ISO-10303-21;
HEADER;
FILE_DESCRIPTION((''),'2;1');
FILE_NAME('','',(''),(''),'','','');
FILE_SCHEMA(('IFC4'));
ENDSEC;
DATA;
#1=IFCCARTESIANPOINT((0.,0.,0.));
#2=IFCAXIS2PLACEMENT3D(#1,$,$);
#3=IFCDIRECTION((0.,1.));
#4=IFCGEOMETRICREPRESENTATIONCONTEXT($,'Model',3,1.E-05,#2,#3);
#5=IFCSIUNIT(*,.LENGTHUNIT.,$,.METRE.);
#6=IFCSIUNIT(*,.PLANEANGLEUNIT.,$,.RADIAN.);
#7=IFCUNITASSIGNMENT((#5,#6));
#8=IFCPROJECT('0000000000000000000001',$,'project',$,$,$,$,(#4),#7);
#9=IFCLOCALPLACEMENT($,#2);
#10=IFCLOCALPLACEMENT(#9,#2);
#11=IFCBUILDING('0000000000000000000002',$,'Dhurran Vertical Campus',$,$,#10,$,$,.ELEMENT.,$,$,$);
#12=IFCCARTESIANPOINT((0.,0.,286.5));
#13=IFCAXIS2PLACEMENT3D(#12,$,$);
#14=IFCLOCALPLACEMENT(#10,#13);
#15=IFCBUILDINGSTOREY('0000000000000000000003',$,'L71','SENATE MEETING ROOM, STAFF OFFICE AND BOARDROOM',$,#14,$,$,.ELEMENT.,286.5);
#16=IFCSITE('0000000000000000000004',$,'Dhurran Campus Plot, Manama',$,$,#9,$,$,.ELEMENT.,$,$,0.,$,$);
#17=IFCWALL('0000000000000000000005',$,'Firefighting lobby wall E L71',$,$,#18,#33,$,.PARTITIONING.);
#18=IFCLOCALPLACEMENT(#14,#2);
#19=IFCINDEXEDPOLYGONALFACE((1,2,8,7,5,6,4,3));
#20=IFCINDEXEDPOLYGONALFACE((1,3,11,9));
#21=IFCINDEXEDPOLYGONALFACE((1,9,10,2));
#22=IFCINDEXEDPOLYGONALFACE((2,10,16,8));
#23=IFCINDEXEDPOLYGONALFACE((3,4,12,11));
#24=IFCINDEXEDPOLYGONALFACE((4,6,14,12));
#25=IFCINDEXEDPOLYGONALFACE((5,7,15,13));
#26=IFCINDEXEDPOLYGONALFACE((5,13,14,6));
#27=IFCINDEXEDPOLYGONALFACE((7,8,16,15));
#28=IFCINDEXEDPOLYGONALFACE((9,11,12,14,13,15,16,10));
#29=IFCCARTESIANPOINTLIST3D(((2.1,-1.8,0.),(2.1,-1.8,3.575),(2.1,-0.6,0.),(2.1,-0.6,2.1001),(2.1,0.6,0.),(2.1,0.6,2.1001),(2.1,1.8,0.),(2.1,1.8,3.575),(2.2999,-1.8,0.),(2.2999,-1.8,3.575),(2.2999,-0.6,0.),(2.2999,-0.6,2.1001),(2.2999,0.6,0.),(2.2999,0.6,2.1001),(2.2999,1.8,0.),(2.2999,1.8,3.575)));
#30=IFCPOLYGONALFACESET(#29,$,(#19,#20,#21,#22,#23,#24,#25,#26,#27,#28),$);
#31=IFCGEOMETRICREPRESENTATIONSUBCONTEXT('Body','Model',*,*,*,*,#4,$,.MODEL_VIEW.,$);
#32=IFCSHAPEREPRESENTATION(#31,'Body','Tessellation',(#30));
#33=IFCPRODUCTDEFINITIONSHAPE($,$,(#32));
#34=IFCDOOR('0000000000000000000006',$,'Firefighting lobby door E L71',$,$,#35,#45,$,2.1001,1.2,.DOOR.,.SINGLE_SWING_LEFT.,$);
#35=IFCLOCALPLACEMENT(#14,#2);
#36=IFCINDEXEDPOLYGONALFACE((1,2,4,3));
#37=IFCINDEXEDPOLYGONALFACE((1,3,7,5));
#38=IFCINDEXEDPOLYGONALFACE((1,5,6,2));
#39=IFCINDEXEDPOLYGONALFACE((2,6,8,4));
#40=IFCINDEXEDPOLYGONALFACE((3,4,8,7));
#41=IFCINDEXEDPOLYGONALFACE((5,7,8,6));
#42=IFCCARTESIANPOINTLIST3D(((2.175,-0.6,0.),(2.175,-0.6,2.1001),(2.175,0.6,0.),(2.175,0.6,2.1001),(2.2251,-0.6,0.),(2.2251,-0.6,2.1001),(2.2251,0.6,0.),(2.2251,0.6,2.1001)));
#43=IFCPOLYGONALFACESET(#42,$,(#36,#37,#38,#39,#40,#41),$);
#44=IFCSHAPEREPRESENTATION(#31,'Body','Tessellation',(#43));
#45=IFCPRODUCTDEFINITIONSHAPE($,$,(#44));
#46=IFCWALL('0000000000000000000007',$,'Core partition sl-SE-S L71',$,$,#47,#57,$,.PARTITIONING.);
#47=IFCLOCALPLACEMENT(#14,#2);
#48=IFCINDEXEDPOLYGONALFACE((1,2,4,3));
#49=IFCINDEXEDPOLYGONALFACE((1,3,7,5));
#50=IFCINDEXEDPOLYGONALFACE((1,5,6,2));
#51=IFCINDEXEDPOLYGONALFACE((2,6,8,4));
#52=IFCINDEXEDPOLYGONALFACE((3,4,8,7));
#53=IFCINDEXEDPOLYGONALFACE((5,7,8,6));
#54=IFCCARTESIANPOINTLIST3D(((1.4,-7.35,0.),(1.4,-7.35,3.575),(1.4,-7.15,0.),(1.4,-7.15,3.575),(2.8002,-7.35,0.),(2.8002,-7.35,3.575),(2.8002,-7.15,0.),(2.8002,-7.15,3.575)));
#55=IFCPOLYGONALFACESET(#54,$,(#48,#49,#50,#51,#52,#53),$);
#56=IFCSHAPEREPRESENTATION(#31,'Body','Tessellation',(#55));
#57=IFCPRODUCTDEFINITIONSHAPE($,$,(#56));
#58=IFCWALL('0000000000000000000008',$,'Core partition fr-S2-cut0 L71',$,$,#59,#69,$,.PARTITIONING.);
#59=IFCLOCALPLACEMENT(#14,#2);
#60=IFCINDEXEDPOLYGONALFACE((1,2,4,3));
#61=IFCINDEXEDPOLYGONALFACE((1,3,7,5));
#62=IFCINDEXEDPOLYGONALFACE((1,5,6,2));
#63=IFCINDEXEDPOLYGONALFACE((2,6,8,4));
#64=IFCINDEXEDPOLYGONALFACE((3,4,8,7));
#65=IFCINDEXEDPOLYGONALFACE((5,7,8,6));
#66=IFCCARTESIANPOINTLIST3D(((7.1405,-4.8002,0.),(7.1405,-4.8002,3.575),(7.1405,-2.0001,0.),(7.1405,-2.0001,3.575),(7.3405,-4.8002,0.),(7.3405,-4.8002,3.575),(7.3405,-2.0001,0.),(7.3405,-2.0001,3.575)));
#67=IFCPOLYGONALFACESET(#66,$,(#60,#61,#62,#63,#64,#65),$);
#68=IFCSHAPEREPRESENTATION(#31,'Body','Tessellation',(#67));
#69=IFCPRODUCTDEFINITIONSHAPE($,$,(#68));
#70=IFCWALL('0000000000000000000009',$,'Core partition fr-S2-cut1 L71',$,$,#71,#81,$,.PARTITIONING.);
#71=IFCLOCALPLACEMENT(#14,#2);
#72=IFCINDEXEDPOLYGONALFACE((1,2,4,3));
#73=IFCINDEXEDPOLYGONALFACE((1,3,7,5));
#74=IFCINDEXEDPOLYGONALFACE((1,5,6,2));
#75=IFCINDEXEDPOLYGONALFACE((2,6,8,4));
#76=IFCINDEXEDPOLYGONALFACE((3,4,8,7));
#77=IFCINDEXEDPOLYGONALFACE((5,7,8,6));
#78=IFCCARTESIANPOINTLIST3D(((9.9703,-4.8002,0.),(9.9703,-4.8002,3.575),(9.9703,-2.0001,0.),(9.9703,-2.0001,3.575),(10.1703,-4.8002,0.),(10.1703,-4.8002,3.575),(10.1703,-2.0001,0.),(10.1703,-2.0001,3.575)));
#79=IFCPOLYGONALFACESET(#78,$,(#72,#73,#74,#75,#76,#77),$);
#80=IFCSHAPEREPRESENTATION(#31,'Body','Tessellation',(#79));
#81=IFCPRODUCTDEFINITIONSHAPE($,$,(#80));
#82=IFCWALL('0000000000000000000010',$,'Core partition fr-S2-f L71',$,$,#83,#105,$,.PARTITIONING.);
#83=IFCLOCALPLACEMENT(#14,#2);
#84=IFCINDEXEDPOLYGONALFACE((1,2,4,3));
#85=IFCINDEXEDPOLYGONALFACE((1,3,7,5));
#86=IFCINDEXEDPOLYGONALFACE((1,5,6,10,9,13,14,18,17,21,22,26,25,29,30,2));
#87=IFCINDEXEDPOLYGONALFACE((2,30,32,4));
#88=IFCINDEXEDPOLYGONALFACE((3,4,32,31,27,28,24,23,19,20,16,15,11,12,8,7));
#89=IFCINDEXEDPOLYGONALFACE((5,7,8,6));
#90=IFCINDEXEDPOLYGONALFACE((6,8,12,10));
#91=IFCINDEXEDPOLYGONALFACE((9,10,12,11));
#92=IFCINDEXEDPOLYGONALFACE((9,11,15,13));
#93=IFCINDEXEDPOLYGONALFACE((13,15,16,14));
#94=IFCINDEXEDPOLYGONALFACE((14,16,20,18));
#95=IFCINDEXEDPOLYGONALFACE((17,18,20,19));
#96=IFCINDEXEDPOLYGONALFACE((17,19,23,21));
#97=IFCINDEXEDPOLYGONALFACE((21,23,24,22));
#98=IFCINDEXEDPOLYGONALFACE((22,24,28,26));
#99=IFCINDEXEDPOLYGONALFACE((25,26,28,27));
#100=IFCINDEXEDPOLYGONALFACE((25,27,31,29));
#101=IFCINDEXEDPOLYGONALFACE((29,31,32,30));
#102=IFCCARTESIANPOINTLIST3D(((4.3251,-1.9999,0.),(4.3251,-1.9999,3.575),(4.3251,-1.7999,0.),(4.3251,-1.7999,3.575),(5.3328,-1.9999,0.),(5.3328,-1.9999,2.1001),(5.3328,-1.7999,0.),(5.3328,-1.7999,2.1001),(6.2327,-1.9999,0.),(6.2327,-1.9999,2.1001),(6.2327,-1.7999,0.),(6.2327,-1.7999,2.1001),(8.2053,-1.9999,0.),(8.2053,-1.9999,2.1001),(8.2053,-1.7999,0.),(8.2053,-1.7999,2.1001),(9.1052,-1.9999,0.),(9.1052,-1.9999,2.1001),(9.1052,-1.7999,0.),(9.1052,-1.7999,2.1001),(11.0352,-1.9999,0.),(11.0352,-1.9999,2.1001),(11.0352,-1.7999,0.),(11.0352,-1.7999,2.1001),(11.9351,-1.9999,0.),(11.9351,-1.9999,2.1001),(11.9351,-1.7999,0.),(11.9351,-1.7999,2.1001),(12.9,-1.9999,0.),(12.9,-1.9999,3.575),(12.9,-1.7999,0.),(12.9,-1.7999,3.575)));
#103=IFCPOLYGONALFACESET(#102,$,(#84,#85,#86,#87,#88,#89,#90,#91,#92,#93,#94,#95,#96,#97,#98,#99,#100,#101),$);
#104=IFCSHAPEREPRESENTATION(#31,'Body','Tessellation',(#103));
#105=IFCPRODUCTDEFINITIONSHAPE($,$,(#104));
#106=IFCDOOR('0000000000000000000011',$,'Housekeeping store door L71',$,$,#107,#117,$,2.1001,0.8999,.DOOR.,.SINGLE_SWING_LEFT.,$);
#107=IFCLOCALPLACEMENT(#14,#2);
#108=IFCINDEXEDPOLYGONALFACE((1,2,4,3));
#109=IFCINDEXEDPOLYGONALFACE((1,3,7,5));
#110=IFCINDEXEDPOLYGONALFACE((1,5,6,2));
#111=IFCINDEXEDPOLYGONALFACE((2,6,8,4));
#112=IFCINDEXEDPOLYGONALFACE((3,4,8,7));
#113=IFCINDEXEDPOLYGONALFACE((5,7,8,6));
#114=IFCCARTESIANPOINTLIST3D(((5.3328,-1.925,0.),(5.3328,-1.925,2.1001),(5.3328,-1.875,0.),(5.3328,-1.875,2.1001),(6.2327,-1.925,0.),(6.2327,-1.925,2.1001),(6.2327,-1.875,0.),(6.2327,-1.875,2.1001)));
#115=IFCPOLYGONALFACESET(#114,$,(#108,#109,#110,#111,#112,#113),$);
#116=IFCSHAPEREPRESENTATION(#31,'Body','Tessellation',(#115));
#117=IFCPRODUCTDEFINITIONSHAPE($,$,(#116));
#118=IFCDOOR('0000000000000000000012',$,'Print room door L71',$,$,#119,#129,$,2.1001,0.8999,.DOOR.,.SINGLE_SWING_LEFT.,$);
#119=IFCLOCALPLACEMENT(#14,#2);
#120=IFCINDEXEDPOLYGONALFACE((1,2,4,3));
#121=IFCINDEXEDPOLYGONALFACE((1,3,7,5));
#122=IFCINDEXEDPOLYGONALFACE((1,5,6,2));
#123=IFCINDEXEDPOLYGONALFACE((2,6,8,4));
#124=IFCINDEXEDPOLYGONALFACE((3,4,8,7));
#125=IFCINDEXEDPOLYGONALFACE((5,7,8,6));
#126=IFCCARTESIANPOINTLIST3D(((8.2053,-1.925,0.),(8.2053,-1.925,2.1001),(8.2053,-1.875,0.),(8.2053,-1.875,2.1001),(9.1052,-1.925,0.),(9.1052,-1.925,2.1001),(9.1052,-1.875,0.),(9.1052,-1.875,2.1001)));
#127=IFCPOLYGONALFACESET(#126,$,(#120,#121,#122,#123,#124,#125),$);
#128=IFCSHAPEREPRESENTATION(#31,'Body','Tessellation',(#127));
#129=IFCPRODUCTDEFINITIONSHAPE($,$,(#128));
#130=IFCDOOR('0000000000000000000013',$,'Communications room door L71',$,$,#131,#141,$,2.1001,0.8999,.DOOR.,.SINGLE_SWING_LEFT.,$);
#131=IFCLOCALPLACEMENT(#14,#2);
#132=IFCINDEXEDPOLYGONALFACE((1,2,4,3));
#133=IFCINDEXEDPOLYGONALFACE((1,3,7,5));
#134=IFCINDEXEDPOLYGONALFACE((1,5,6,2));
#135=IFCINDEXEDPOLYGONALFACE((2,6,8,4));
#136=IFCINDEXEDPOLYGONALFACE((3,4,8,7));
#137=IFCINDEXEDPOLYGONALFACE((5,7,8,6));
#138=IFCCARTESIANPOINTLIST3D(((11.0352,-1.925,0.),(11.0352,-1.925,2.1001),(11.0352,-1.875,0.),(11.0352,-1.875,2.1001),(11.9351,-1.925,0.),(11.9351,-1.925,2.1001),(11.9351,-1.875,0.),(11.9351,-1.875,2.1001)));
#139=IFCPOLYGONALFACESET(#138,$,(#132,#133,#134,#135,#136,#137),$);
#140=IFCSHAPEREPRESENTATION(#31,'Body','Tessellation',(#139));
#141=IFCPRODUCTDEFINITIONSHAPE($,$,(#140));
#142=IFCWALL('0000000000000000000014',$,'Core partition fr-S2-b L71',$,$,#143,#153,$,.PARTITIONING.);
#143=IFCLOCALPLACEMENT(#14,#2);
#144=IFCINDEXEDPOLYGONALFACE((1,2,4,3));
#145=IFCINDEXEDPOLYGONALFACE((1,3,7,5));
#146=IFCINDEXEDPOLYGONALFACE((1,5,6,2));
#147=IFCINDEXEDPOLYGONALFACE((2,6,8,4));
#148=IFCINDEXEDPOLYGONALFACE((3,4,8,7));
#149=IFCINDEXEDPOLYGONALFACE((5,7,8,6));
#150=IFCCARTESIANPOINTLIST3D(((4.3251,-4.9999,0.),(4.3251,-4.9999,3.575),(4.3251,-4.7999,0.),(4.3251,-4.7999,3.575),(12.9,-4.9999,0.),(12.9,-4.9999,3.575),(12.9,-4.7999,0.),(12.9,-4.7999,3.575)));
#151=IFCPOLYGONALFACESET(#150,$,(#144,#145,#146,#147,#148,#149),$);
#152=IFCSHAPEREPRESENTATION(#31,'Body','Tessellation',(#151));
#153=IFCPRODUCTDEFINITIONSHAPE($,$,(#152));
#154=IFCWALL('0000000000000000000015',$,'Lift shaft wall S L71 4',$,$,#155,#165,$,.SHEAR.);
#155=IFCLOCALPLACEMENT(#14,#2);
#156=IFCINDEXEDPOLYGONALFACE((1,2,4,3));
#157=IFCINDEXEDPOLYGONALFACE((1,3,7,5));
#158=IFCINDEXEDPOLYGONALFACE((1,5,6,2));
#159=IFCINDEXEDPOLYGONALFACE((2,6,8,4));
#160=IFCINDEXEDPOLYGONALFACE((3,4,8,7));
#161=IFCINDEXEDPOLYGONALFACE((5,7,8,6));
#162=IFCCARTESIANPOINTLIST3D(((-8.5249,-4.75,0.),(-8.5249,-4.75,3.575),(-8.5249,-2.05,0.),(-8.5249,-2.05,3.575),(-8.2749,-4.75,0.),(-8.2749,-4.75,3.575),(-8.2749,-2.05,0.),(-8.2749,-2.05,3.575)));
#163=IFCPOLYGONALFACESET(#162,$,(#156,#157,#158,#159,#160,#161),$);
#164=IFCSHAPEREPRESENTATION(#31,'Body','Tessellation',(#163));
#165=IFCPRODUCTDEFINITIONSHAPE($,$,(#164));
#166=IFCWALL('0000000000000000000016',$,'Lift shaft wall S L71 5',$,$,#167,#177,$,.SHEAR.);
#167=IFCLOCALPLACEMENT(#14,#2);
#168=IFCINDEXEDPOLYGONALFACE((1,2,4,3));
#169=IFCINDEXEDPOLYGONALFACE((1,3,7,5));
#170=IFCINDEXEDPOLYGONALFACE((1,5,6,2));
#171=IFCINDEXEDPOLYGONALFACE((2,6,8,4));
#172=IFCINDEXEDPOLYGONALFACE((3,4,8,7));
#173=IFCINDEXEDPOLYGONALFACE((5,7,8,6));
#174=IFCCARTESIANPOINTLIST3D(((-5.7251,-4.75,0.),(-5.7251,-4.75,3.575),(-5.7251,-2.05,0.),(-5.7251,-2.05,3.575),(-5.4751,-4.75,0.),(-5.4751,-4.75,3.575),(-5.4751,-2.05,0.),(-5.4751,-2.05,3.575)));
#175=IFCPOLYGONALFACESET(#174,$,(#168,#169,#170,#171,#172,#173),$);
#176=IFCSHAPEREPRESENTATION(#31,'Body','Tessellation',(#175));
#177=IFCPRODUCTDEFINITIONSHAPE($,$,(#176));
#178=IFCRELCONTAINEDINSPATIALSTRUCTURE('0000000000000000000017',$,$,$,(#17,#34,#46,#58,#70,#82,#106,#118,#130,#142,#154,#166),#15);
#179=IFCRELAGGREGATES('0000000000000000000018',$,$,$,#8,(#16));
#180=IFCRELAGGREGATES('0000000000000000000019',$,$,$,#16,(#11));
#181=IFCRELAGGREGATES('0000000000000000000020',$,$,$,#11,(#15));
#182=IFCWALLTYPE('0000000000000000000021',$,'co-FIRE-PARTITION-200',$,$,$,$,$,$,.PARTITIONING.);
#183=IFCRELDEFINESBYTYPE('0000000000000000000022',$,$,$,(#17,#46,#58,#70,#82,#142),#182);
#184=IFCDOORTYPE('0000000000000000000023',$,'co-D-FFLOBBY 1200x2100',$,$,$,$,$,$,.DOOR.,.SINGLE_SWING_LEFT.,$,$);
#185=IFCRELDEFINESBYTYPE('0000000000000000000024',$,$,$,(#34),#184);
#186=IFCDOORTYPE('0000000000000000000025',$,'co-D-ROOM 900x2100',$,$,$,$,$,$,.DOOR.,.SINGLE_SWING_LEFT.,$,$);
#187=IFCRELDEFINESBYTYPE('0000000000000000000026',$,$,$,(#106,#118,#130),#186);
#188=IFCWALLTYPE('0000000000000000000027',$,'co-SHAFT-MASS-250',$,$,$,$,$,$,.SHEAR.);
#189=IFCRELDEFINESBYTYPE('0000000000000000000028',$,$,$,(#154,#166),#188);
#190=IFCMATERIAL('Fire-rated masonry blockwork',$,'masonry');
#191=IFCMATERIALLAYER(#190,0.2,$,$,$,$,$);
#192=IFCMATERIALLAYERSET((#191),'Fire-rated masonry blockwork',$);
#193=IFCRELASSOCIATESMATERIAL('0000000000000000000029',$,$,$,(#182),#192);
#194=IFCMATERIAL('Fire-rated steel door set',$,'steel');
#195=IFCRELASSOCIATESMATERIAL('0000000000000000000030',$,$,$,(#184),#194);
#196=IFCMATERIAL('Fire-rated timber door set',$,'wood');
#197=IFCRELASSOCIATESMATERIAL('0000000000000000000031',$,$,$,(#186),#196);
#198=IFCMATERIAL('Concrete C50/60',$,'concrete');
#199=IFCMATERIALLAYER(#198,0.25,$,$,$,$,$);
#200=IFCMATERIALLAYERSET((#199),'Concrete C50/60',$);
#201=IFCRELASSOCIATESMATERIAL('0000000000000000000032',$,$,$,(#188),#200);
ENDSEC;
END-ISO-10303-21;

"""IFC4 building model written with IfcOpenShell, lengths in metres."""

from ifc_helpers import new_model, si_unit, direction, frame, frame_2d, origin, place, context, subcontext, project, spatial, polyline, rectangle, outline, extrude, material, layer, layer_set, type_object, element, fill, save


model = new_model("IFC4")

# Units and contexts
model_context = context("Model", 3, precision=1e-05, world=origin(), true_north=direction((0.0, 1.0)))
body_context = subcontext(model_context, "Body", "Model", "MODEL_VIEW")
ifc_project = project(units=[si_unit("LENGTHUNIT", "METRE"), si_unit("PLANEANGLEUNIT", "RADIAN")], contexts=[model_context])

# Site, building, storey
site_placement = place(None, origin())
site = spatial("IfcSite", under=ifc_project, at=site_placement, Name="Dhurran Campus Plot, Manama", CompositionType="ELEMENT", RefElevation=0.0)
building_placement = place(site_placement, origin())
building = spatial("IfcBuilding", under=site, at=building_placement, Name="Dhurran Vertical Campus", CompositionType="ELEMENT")
storey_placement = place(building_placement, frame((0.0, 0.0, 286.5)))
storey = spatial("IfcBuildingStorey", under=building, at=storey_placement, Name="L71", Description="SENATE MEETING ROOM, STAFF OFFICE AND BOARDROOM", CompositionType="ELEMENT", Elevation=286.5)

# Wall, opening, door
ifc_material_1 = material(Name="Fire-rated masonry blockwork", Category="masonry")
ifc_layer_1 = layer(ifc_material_1, 0.2)
ifc_layer_set_1 = layer_set([ifc_layer_1], Name="Fire-rated masonry blockwork")
wall_type_1 = type_object("IfcWallType", Name="co-FIRE-PARTITION-200", PredefinedType="PARTITIONING", material=ifc_layer_set_1)
wall_1_placement = place(storey_placement, frame((2.2, -1.8, 0.0), z_axis=(0.0, 0.0, 1.0), x_axis=(0.0, 1.0, 0.0)))
wall_1 = element("IfcWall", 1, at=wall_1_placement, inside=storey, type_object=wall_type_1, Name="Firefighting lobby wall E L71", PredefinedType="PARTITIONING", context=body_context, shape_type="SweptSolid", body=[
    extrude(rectangle(XDim=3.6001, YDim=0.2, at=frame_2d((1.8, 0.0))), origin(), (0.0, 0.0, 1.0), 3.575),
])
opening_1_placement = place(wall_1_placement, frame((1.2, 0.0, 0.0)))
opening_1 = element("IfcOpeningElement", 2, at=opening_1_placement, cuts=wall_1, PredefinedType="OPENING", context=body_context, shape_type="SweptSolid", body=[
    extrude(rectangle(XDim=1.2, YDim=2.1001, at=frame_2d((0.6001, 1.05))), frame((0.0, 0.1099, 0.0), z_axis=(0.0, -1.0, 0.0), x_axis=(1.0, 0.0, 0.0)), (0.0, 0.0, 1.0), 0.22),
])
ifc_material_2 = material(Name="Fire-rated steel door set", Category="steel")
door_type_1 = type_object("IfcDoorType", Name="co-D-FFLOBBY 1200x2100", OperationType="SINGLE_SWING_LEFT", PredefinedType="DOOR", material=ifc_material_2)
door_1_placement = place(opening_1_placement, origin())
door_1 = element("IfcDoor", 3, at=door_1_placement, inside=storey, type_object=door_type_1, Name="Firefighting lobby door E L71", OperationType="SINGLE_SWING_LEFT", OverallHeight=2.1001, OverallWidth=1.2, PredefinedType="DOOR", context=body_context, shape_type="SweptSolid", body=[
    extrude(rectangle(XDim=1.2, YDim=2.1001, at=frame_2d((0.6001, 1.05))), frame((0.0, 0.0249, 0.0), z_axis=(0.0, -1.0, 0.0), x_axis=(1.0, 0.0, 0.0)), (0.0, 0.0, 1.0), 0.05),
])
fill(opening_1, door_1)

# Walls
wall_2_placement = place(storey_placement, frame((1.3999, -7.25, 0.0), z_axis=(0.0, 0.0, 1.0), x_axis=(1.0, 0.0, 0.0)))
element("IfcWall", 4, at=wall_2_placement, inside=storey, type_object=wall_type_1, Name="Core partition sl-SE-S L71", PredefinedType="PARTITIONING", context=body_context, shape_type="SweptSolid", body=[
    extrude(rectangle(XDim=1.4001, YDim=0.2, at=frame_2d((0.7002, 0.0))), origin(), (0.0, 0.0, 1.0), 3.575),
])
for number, where, z_axis, x_axis, name in (
    (5, (7.2405, -4.8, 0.0), (0.0, 0.0, 1.0), (0.0, 1.0, 0.0), "Core partition fr-S2-cut0 L71"),
    (6, (10.0703, -4.8, 0.0), (0.0, 0.0, 1.0), (0.0, 1.0, 0.0), "Core partition fr-S2-cut1 L71"),
):
    element("IfcWall", number, at=place(storey_placement, frame(where, z_axis=z_axis, x_axis=x_axis)), inside=storey, type_object=wall_type_1, Name=name, PredefinedType="PARTITIONING", context=body_context, shape_type="SweptSolid", body=[
        extrude(rectangle(XDim=2.8, YDim=0.2, at=frame_2d((1.3999, 0.0))), origin(), (0.0, 0.0, 1.0), 3.575),
    ])

# Wall, openings, doors
wall_3_placement = place(storey_placement, frame((4.325, -1.8999, 0.0), z_axis=(0.0, 0.0, 1.0), x_axis=(1.0, 0.0, 0.0)))
wall_3 = element("IfcWall", 7, at=wall_3_placement, inside=storey, type_object=wall_type_1, Name="Core partition fr-S2-f L71", PredefinedType="PARTITIONING", context=body_context, shape_type="SweptSolid", body=[
    extrude(rectangle(XDim=8.575, YDim=0.2, at=frame_2d((4.2876, 0.0))), origin(), (0.0, 0.0, 1.0), 3.575),
])
opening_2_placement = place(wall_3_placement, frame((1.0078, 0.0, 0.0)))
opening_2 = element("IfcOpeningElement", 8, at=opening_2_placement, cuts=wall_3, PredefinedType="OPENING", context=body_context, shape_type="SweptSolid", body=[
    extrude(rectangle(XDim=0.8999, YDim=2.1001, at=frame_2d((0.45, 1.05))), frame((0.0, 0.1099, 0.0), z_axis=(0.0, -1.0, 0.0), x_axis=(1.0, 0.0, 0.0)), (0.0, 0.0, 1.0), 0.22),
])
opening_3_placement = place(wall_3_placement, frame((3.8804, 0.0, 0.0)))
opening_3 = element("IfcOpeningElement", 9, at=opening_3_placement, cuts=wall_3, PredefinedType="OPENING", context=body_context, shape_type="SweptSolid", body=[
    extrude(rectangle(XDim=0.8999, YDim=2.1001, at=frame_2d((0.45, 1.05))), frame((0.0, 0.1099, 0.0), z_axis=(0.0, -1.0, 0.0), x_axis=(1.0, 0.0, 0.0)), (0.0, 0.0, 1.0), 0.22),
])
opening_4_placement = place(wall_3_placement, frame((6.7102, 0.0, 0.0)))
opening_4 = element("IfcOpeningElement", 10, at=opening_4_placement, cuts=wall_3, PredefinedType="OPENING", context=body_context, shape_type="SweptSolid", body=[
    extrude(rectangle(XDim=0.8999, YDim=2.1001, at=frame_2d((0.45, 1.05))), frame((0.0, 0.1099, 0.0), z_axis=(0.0, -1.0, 0.0), x_axis=(1.0, 0.0, 0.0)), (0.0, 0.0, 1.0), 0.22),
])
ifc_material_3 = material(Name="Fire-rated timber door set", Category="wood")
door_type_2 = type_object("IfcDoorType", Name="co-D-ROOM 900x2100", OperationType="SINGLE_SWING_LEFT", PredefinedType="DOOR", material=ifc_material_3)
door_2_placement = place(opening_2_placement, origin())
door_2 = element("IfcDoor", 11, at=door_2_placement, inside=storey, type_object=door_type_2, Name="Housekeeping store door L71", OperationType="SINGLE_SWING_LEFT", OverallHeight=2.1001, OverallWidth=0.8999, PredefinedType="DOOR", context=body_context, shape_type="SweptSolid", body=[
    extrude(rectangle(XDim=0.8999, YDim=2.1001, at=frame_2d((0.45, 1.05))), frame((0.0, 0.0249, 0.0), z_axis=(0.0, -1.0, 0.0), x_axis=(1.0, 0.0, 0.0)), (0.0, 0.0, 1.0), 0.05),
])
fill(opening_2, door_2)
door_3_placement = place(opening_3_placement, origin())
door_3 = element("IfcDoor", 12, at=door_3_placement, inside=storey, type_object=door_type_2, Name="Print room door L71", OperationType="SINGLE_SWING_LEFT", OverallHeight=2.1001, OverallWidth=0.8999, PredefinedType="DOOR", context=body_context, shape_type="SweptSolid", body=[
    extrude(rectangle(XDim=0.8999, YDim=2.1001, at=frame_2d((0.45, 1.05))), frame((0.0, 0.0249, 0.0), z_axis=(0.0, -1.0, 0.0), x_axis=(1.0, 0.0, 0.0)), (0.0, 0.0, 1.0), 0.05),
])
fill(opening_3, door_3)
door_4_placement = place(opening_4_placement, origin())
door_4 = element("IfcDoor", 13, at=door_4_placement, inside=storey, type_object=door_type_2, Name="Communications room door L71", OperationType="SINGLE_SWING_LEFT", OverallHeight=2.1001, OverallWidth=0.8999, PredefinedType="DOOR", context=body_context, shape_type="SweptSolid", body=[
    extrude(rectangle(XDim=0.8999, YDim=2.1001, at=frame_2d((0.45, 1.05))), frame((0.0, 0.0249, 0.0), z_axis=(0.0, -1.0, 0.0), x_axis=(1.0, 0.0, 0.0)), (0.0, 0.0, 1.0), 0.05),
])
fill(opening_4, door_4)

# Walls
wall_4_placement = place(storey_placement, frame((4.325, -4.8999, 0.0), z_axis=(0.0, 0.0, 1.0), x_axis=(1.0, 0.0, 0.0)))
element("IfcWall", 14, at=wall_4_placement, inside=storey, type_object=wall_type_1, Name="Core partition fr-S2-b L71", PredefinedType="PARTITIONING", context=body_context, shape_type="SweptSolid", body=[
    extrude(rectangle(XDim=8.575, YDim=0.2, at=frame_2d((4.2876, 0.0))), origin(), (0.0, 0.0, 1.0), 3.575),
])
ifc_material_4 = material(Name="Concrete C50/60", Category="concrete")
ifc_layer_2 = layer(ifc_material_4, 0.25)
ifc_layer_set_2 = layer_set([ifc_layer_2], Name="Concrete C50/60")
wall_type_2 = type_object("IfcWallType", Name="co-SHAFT-MASS-250", PredefinedType="SHEAR", material=ifc_layer_set_2)
wall_5_placement = place(storey_placement, origin())
element("IfcWall", 15, at=wall_5_placement, inside=storey, type_object=wall_type_2, Name="Lift shaft wall S L71 4", PredefinedType="SHEAR", context=body_context, shape_type="SweptSolid", body=[
    extrude(outline(polyline([(-8.5249, -4.75), (-8.2749, -4.75), (-8.2749, -2.05), (-8.5249, -2.05), (-8.5249, -4.75)])), origin(), (0.0, 0.0, 1.0), 3.575),
])
wall_6_placement = place(storey_placement, origin())
element("IfcWall", 16, at=wall_6_placement, inside=storey, type_object=wall_type_2, Name="Lift shaft wall S L71 5", PredefinedType="SHEAR", context=body_context, shape_type="SweptSolid", body=[
    extrude(outline(polyline([(-5.7251, -4.75), (-5.4751, -4.75), (-5.4751, -2.05), (-5.7251, -2.05), (-5.7251, -4.75)])), origin(), (0.0, 0.0, 1.0), 3.575),
])

save(model, "model.ifc")
